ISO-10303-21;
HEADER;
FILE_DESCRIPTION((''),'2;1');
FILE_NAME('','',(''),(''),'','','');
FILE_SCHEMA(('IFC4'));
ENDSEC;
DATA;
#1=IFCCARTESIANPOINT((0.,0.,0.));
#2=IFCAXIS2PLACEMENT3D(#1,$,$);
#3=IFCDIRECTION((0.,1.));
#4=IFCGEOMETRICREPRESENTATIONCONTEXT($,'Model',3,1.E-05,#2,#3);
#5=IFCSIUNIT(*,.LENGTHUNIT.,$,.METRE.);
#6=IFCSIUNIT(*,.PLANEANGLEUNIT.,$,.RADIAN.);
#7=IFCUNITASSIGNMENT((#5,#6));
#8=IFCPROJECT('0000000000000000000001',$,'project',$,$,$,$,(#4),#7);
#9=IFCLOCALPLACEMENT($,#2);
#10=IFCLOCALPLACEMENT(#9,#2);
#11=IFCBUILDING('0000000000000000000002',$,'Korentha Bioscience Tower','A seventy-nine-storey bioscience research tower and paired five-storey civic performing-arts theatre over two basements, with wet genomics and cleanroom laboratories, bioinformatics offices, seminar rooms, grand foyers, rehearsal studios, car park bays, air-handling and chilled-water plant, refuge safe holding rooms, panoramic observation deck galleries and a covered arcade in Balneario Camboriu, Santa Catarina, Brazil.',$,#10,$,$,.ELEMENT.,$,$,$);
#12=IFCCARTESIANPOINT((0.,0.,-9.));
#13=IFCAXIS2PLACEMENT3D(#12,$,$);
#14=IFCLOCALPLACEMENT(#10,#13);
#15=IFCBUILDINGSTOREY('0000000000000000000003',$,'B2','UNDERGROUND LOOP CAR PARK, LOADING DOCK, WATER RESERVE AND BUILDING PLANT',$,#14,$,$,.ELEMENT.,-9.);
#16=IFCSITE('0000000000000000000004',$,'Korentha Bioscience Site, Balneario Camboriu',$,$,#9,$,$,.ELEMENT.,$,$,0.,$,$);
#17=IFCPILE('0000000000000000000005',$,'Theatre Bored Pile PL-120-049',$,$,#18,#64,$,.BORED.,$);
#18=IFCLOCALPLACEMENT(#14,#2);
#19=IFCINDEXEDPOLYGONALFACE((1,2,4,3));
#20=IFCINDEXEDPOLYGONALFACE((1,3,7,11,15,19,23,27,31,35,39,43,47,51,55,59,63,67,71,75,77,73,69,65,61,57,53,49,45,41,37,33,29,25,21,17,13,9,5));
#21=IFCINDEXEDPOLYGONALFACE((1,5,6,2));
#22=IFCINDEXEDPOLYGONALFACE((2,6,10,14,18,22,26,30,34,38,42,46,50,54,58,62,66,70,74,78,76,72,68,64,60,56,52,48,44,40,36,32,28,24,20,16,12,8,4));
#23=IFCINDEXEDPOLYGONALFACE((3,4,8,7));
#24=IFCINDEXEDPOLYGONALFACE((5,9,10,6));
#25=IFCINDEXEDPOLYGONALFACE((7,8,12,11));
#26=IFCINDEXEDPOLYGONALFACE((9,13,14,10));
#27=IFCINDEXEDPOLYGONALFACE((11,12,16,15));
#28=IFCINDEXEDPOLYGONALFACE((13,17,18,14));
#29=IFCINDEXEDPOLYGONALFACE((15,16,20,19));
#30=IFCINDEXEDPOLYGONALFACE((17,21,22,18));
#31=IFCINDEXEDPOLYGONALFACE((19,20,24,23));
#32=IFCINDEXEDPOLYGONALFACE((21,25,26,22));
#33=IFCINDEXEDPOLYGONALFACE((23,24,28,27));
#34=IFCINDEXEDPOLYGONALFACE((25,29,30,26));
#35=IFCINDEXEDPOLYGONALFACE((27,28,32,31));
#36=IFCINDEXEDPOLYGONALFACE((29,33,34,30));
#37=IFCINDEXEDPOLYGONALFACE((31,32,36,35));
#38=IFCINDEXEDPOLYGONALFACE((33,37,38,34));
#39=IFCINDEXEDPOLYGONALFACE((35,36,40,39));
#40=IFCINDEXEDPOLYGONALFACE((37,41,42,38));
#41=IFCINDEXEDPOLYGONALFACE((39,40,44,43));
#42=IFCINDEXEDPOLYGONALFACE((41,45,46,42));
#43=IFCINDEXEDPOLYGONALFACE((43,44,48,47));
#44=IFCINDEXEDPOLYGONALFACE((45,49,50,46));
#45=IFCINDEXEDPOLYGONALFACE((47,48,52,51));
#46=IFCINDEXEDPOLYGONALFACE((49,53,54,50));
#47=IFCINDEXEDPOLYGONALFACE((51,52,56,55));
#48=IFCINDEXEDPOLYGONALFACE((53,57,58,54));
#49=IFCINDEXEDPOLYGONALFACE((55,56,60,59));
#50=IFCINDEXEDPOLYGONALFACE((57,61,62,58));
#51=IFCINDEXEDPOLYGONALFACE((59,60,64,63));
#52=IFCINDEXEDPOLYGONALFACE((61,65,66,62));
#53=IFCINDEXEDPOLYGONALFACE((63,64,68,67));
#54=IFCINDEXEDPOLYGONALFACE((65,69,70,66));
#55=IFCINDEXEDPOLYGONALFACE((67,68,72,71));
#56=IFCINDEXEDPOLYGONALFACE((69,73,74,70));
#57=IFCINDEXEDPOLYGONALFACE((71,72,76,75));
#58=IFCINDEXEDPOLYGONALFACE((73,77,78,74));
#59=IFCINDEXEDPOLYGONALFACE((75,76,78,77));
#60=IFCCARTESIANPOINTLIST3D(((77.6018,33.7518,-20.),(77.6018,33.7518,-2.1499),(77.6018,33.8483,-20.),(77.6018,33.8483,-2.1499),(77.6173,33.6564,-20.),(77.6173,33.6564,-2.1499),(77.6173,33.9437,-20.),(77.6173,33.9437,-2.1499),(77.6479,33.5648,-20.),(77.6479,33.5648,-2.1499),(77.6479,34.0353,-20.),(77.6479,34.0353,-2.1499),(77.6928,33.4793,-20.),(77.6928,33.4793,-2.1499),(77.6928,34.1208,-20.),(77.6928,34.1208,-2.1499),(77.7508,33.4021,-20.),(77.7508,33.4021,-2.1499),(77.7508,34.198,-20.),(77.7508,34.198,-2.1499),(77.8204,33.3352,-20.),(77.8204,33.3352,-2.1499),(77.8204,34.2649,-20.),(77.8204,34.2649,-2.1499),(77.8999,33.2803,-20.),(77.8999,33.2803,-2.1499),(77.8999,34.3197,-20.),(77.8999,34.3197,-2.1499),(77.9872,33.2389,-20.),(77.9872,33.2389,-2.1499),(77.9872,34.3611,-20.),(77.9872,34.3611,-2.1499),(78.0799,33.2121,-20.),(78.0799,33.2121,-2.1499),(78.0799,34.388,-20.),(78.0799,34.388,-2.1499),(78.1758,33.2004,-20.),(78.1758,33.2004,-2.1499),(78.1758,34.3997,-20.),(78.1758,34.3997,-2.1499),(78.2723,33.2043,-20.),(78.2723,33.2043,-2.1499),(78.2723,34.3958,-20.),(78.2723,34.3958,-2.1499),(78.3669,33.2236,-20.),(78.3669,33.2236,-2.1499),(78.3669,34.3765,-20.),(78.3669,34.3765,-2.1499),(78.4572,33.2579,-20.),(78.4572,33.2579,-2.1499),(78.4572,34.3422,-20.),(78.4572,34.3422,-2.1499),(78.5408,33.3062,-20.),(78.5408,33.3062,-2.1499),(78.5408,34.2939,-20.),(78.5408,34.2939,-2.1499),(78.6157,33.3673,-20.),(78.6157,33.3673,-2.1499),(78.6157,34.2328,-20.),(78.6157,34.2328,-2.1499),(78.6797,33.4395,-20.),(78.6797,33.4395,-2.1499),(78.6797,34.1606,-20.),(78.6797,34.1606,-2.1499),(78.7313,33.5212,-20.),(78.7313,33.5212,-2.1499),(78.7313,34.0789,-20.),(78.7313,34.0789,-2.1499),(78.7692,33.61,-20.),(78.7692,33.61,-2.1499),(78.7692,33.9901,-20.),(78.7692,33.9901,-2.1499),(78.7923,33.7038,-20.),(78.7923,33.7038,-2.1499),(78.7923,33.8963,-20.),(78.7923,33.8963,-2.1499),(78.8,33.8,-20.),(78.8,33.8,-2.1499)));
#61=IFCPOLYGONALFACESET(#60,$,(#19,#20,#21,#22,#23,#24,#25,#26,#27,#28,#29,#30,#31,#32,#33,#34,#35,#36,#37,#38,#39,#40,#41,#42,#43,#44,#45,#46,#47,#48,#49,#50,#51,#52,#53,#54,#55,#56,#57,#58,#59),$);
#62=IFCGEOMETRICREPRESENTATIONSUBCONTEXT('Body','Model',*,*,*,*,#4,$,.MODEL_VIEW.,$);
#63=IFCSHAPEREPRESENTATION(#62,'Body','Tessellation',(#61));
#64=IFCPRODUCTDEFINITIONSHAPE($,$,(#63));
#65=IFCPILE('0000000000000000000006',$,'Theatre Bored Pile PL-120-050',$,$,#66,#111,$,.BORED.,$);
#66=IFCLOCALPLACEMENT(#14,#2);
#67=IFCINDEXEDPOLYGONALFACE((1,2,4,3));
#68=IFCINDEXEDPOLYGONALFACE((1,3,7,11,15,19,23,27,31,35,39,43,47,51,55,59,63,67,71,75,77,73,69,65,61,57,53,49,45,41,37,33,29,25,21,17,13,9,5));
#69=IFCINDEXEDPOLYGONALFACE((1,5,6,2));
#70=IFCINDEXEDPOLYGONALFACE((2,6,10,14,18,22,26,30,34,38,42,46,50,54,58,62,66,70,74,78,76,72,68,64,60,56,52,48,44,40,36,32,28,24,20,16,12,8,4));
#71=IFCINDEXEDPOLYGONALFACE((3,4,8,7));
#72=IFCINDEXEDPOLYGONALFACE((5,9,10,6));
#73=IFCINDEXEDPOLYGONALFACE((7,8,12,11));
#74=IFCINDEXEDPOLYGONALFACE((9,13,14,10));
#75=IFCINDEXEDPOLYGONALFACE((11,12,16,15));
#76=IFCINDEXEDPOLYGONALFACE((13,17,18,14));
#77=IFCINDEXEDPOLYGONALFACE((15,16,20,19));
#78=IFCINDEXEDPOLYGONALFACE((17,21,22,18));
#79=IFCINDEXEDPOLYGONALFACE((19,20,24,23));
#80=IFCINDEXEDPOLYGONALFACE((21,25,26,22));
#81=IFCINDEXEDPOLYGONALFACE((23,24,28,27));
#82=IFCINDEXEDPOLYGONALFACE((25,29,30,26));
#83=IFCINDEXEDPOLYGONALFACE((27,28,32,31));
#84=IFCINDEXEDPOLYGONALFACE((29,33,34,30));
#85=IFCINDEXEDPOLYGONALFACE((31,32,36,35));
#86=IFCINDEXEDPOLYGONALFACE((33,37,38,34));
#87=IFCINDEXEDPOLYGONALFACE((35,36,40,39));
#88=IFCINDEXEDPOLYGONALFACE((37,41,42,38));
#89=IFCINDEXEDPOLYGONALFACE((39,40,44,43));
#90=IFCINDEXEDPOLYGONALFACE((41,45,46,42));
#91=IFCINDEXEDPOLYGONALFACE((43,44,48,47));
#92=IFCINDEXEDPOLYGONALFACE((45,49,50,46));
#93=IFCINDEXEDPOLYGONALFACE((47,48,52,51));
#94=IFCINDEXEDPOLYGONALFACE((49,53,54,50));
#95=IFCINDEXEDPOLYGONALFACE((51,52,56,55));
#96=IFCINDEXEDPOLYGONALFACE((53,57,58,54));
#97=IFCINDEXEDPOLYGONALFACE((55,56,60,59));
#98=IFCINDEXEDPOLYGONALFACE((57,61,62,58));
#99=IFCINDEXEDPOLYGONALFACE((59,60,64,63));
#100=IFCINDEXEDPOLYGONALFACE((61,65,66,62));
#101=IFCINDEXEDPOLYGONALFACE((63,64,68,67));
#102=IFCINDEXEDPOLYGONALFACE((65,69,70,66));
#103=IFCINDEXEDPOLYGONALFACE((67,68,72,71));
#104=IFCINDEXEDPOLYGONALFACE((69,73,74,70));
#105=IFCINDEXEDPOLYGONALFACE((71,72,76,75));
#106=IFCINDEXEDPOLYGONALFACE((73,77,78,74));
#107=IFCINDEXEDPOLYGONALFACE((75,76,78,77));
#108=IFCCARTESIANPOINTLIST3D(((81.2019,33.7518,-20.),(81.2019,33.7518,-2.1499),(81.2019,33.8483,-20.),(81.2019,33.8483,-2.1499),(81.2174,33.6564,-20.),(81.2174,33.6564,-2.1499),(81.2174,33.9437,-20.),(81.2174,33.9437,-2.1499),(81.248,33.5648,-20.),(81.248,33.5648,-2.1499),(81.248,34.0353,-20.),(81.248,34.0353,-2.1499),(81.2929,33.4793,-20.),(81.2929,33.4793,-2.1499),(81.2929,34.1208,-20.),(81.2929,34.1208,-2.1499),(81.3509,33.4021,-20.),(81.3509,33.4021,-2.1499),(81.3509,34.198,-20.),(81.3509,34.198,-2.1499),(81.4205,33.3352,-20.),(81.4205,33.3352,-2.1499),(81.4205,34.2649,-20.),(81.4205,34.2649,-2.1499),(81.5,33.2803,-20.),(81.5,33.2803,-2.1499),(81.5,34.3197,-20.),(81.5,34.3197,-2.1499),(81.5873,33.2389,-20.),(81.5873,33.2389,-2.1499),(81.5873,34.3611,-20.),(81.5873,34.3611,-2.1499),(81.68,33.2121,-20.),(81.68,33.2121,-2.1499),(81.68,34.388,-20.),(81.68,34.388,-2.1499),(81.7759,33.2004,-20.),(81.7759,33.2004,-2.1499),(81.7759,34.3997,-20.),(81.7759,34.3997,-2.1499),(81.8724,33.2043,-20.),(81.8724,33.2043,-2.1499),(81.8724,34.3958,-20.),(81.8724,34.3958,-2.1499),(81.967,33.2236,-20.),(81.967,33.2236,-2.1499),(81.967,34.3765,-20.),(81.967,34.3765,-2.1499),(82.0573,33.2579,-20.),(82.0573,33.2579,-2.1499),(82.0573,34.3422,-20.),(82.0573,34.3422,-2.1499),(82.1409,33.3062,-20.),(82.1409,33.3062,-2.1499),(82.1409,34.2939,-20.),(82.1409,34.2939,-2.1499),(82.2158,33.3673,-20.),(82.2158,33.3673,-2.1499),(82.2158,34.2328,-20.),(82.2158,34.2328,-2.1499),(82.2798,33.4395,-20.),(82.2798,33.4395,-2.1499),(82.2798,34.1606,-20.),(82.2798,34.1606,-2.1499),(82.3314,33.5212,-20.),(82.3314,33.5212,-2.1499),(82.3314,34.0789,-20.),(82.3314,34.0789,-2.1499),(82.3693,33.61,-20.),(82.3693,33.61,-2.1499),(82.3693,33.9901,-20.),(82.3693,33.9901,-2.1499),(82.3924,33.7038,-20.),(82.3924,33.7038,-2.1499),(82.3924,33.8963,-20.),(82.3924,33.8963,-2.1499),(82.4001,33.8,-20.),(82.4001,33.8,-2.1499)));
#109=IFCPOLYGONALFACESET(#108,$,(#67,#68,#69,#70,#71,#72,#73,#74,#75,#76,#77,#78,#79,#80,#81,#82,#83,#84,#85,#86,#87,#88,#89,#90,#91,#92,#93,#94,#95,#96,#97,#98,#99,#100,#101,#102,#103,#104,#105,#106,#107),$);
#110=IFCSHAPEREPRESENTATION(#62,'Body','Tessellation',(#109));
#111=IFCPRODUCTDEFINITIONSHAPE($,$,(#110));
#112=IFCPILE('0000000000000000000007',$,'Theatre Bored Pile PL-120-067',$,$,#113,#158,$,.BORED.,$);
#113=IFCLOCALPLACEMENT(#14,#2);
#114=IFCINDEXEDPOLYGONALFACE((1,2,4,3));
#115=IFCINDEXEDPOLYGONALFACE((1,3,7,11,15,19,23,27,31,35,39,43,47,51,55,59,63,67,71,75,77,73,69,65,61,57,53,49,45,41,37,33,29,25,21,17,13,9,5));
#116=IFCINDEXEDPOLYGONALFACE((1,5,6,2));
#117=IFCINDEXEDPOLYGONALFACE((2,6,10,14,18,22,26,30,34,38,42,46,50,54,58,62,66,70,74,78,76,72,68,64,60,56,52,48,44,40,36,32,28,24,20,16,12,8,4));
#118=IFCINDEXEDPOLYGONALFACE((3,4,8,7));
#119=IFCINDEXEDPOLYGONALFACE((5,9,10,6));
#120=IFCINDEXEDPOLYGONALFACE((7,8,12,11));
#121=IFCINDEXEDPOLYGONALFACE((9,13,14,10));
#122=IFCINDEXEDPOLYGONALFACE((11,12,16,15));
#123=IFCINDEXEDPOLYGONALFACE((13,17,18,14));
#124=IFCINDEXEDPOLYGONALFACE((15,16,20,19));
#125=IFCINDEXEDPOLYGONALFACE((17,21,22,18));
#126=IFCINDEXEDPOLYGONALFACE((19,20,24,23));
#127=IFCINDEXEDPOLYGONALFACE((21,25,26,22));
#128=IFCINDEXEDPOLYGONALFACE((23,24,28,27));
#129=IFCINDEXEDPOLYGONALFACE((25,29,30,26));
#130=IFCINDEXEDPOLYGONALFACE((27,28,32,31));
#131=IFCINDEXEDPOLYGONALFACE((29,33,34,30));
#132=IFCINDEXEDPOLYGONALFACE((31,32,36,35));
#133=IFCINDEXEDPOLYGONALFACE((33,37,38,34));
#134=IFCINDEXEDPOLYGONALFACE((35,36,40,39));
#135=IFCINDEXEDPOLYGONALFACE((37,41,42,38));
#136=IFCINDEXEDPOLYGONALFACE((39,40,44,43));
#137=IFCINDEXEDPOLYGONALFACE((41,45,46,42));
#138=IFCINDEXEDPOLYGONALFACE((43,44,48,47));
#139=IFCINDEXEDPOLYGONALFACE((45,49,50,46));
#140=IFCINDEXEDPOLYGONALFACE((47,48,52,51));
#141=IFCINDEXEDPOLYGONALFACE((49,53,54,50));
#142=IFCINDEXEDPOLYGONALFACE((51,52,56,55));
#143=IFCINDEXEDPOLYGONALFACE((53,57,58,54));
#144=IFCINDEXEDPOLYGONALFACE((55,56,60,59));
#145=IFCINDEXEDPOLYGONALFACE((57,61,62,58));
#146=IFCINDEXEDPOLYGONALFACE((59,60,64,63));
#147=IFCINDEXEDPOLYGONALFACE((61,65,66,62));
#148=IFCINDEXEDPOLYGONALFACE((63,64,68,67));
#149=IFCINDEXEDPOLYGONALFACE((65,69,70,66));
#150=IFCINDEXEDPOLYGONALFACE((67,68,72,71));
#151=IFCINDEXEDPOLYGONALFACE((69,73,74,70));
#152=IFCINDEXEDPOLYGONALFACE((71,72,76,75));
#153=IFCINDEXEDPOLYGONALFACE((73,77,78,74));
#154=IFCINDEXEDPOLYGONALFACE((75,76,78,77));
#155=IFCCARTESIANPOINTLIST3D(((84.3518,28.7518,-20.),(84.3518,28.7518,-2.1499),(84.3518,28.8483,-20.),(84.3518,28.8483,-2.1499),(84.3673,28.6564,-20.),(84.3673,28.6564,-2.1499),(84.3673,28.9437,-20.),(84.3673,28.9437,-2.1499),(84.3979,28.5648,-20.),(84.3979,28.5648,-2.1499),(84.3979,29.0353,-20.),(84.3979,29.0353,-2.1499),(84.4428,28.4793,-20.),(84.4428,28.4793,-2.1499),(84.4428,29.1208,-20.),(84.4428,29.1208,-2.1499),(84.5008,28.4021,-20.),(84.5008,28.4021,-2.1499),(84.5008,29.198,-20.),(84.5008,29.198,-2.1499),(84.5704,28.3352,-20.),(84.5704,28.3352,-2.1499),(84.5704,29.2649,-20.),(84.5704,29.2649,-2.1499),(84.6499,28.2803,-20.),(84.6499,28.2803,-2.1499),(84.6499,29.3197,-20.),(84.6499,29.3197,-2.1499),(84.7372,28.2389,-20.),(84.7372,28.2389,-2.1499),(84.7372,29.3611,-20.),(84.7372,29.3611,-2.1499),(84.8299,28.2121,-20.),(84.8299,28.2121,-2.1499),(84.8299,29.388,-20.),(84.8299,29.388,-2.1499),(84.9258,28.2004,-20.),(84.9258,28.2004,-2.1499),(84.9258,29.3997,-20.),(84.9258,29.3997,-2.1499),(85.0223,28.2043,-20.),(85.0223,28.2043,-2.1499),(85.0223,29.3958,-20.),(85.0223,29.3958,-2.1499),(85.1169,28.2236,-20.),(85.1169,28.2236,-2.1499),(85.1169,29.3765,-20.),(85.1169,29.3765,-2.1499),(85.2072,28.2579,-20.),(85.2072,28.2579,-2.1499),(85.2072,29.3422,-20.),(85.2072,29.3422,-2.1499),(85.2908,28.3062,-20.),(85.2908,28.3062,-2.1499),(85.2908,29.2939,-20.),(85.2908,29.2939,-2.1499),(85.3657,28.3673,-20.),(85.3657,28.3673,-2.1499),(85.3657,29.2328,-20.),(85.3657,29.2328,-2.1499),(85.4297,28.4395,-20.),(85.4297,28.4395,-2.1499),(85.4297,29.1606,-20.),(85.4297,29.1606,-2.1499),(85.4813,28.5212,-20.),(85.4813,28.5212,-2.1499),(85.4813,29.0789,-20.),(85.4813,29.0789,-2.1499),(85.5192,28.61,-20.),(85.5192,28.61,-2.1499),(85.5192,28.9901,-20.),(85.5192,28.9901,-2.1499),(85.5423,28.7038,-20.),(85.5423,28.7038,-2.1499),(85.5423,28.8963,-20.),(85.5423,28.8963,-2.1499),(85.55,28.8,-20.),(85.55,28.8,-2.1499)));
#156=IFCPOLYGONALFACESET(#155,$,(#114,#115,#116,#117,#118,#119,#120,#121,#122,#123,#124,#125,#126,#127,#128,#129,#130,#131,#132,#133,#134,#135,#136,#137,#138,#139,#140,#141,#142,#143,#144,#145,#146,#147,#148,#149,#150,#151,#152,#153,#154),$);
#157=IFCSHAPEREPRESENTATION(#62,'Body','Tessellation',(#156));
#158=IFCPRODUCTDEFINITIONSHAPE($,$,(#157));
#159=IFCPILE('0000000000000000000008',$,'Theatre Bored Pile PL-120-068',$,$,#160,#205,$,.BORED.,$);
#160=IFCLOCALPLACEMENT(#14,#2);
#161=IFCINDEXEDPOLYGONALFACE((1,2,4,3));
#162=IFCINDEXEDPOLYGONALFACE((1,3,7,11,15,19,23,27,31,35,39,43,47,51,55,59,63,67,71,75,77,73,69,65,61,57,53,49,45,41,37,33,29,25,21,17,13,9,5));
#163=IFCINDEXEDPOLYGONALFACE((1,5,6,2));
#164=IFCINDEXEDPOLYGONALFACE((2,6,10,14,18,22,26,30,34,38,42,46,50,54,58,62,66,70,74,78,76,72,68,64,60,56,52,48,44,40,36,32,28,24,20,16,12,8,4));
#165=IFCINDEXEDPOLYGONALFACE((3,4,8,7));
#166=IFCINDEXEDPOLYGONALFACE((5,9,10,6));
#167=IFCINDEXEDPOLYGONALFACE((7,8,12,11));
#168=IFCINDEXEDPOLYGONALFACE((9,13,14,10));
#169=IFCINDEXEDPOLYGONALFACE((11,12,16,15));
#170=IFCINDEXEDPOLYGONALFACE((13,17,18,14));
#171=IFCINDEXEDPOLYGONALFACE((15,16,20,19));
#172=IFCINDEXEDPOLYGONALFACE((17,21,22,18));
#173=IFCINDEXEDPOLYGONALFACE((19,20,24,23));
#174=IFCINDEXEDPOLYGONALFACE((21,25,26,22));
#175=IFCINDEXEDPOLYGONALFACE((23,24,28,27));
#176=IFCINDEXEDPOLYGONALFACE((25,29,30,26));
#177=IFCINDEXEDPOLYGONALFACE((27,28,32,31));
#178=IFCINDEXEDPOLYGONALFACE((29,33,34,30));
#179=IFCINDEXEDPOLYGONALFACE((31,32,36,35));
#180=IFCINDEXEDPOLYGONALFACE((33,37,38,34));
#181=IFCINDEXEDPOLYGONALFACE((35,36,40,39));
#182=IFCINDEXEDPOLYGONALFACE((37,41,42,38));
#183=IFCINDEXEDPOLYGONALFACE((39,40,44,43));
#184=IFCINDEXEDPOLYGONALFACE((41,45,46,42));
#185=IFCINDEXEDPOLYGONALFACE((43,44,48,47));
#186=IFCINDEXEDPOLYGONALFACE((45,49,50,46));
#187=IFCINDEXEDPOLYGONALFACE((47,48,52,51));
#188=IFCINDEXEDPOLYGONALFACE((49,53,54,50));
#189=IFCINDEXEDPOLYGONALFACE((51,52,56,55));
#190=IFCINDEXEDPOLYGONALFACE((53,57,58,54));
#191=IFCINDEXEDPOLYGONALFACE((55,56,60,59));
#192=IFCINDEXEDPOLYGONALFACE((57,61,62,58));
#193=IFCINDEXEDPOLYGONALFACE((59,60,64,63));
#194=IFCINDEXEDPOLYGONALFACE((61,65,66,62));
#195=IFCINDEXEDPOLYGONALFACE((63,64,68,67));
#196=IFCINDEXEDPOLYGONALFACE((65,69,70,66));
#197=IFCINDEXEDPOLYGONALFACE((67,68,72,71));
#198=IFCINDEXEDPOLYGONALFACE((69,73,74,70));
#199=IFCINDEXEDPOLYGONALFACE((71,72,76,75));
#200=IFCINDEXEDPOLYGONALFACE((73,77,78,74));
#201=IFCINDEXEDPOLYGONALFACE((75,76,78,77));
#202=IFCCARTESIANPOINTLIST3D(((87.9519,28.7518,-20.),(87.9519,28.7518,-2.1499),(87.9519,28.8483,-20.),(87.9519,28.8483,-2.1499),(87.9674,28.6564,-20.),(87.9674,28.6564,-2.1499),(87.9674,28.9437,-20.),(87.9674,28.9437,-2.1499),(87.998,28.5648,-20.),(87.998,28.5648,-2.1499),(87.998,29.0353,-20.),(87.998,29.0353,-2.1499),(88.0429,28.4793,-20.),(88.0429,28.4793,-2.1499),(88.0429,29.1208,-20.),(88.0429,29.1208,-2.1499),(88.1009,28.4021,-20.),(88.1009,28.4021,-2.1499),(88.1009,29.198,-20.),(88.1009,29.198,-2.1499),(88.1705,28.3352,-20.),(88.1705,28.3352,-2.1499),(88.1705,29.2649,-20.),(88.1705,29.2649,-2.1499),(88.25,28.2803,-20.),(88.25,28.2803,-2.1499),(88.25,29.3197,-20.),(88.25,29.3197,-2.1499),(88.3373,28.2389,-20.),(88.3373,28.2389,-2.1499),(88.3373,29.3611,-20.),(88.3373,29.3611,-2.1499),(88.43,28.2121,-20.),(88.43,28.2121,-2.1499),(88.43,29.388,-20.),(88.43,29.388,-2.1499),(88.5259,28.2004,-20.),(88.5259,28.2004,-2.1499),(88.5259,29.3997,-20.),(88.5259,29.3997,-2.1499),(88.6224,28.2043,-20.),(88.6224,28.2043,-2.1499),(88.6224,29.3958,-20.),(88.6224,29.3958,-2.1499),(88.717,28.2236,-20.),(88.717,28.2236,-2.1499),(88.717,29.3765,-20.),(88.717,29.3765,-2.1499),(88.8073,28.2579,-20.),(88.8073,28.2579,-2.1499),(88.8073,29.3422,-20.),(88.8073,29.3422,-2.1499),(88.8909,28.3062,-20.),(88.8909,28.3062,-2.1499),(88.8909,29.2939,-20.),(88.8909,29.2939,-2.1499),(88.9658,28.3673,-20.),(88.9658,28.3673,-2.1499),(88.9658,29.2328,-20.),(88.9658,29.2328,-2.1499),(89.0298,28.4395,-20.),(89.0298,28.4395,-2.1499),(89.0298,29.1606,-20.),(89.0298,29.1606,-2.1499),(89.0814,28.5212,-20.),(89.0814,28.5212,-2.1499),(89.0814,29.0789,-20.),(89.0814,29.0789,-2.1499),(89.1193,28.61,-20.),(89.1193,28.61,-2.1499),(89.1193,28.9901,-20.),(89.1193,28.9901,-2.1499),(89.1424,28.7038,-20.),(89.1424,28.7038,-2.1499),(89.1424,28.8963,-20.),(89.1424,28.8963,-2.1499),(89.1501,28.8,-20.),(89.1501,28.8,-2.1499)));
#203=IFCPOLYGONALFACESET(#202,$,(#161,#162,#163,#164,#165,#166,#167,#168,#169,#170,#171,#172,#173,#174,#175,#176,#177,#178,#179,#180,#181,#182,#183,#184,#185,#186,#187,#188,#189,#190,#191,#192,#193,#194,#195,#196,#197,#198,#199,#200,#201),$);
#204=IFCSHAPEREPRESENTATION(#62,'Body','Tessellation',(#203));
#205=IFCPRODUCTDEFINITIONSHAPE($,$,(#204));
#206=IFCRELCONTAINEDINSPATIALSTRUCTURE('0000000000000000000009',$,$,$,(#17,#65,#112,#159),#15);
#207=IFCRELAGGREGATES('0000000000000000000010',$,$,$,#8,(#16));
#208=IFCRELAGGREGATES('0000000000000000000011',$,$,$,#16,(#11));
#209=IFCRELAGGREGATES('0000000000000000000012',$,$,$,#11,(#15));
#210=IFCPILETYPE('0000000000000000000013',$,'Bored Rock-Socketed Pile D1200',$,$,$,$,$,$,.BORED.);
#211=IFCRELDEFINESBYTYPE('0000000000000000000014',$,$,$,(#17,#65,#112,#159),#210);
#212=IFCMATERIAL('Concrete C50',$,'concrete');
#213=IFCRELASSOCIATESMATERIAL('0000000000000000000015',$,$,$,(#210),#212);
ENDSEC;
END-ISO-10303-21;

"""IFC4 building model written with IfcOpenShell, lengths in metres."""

from ifc_helpers import new_model, si_unit, direction, frame, origin, origin_2d, place, context, subcontext, project, spatial, circle, extrude, material, material_profile, profile_set, type_object, element, save


model = new_model("IFC4")

# Units and contexts
model_context = context("Model", 3, precision=1e-05, world=origin(), true_north=direction((0.0, 1.0)))
body_context = subcontext(model_context, "Body", "Model", "MODEL_VIEW")
ifc_project = project(units=[si_unit("LENGTHUNIT", "METRE"), si_unit("PLANEANGLEUNIT", "RADIAN")], contexts=[model_context])

# Site, building, storey
site_placement = place(None, origin())
site = spatial("IfcSite", under=ifc_project, at=site_placement, Name="Korentha Bioscience Site, Balneario Camboriu", CompositionType="ELEMENT", RefElevation=0.0)
building_placement = place(site_placement, origin())
building = spatial("IfcBuilding", under=site, at=building_placement, Name="Korentha Bioscience Tower", Description="A seventy-nine-storey bioscience research tower and paired five-storey civic performing-arts theatre over two basements, with wet genomics and cleanroom laboratories, bioinformatics offices, seminar rooms, grand foyers, rehearsal studios, car park bays, air-handling and chilled-water plant, refuge safe holding rooms, panoramic observation deck galleries and a covered arcade in Balneario Camboriu, Santa Catarina, Brazil.", CompositionType="ELEMENT")
storey_placement = place(building_placement, frame((0.0, 0.0, -9.0)))
storey = spatial("IfcBuildingStorey", under=building, at=storey_placement, Name="B2", Description="UNDERGROUND LOOP CAR PARK, LOADING DOCK, WATER RESERVE AND BUILDING PLANT", CompositionType="ELEMENT", Elevation=-9.0)

# Piles
ifc_material_1 = material(Name="Concrete C50", Category="concrete")
ifc_material_profile_1 = material_profile(ifc_material_1, circle(Radius=0.6001, at=origin_2d()), Name="Concrete C50")
ifc_profile_set_1 = profile_set([ifc_material_profile_1], Name="Concrete C50 (PL-120)")
pile_type = type_object("IfcPileType", Name="Bored Rock-Socketed Pile D1200", PredefinedType="BORED", material=ifc_profile_set_1)
for number, where, z_axis, x_axis, name in (
    (1, (78.2, 33.8, -2.1499), (0.0, 0.0, -1.0), (1.0, 0.0, 0.0), "Theatre Bored Pile PL-120-049"),
    (2, (81.8, 33.8, -2.1499), (0.0, 0.0, -1.0), (1.0, 0.0, 0.0), "Theatre Bored Pile PL-120-050"),
    (3, (84.95, 28.8, -2.1499), (0.0, 0.0, -1.0), (1.0, 0.0, 0.0), "Theatre Bored Pile PL-120-067"),
    (4, (88.55, 28.8, -2.1499), (0.0, 0.0, -1.0), (1.0, 0.0, 0.0), "Theatre Bored Pile PL-120-068"),
):
    element("IfcPile", number, at=place(storey_placement, frame(where, z_axis=z_axis, x_axis=x_axis)), inside=storey, type_object=pile_type, Name=name, PredefinedType="BORED", context=body_context, shape_type="SweptSolid", body=[
        extrude(circle(Radius=0.6001, at=origin_2d()), origin(), (0.0, 0.0, 1.0), 17.8501),
    ])

save(model, "model.ifc")
